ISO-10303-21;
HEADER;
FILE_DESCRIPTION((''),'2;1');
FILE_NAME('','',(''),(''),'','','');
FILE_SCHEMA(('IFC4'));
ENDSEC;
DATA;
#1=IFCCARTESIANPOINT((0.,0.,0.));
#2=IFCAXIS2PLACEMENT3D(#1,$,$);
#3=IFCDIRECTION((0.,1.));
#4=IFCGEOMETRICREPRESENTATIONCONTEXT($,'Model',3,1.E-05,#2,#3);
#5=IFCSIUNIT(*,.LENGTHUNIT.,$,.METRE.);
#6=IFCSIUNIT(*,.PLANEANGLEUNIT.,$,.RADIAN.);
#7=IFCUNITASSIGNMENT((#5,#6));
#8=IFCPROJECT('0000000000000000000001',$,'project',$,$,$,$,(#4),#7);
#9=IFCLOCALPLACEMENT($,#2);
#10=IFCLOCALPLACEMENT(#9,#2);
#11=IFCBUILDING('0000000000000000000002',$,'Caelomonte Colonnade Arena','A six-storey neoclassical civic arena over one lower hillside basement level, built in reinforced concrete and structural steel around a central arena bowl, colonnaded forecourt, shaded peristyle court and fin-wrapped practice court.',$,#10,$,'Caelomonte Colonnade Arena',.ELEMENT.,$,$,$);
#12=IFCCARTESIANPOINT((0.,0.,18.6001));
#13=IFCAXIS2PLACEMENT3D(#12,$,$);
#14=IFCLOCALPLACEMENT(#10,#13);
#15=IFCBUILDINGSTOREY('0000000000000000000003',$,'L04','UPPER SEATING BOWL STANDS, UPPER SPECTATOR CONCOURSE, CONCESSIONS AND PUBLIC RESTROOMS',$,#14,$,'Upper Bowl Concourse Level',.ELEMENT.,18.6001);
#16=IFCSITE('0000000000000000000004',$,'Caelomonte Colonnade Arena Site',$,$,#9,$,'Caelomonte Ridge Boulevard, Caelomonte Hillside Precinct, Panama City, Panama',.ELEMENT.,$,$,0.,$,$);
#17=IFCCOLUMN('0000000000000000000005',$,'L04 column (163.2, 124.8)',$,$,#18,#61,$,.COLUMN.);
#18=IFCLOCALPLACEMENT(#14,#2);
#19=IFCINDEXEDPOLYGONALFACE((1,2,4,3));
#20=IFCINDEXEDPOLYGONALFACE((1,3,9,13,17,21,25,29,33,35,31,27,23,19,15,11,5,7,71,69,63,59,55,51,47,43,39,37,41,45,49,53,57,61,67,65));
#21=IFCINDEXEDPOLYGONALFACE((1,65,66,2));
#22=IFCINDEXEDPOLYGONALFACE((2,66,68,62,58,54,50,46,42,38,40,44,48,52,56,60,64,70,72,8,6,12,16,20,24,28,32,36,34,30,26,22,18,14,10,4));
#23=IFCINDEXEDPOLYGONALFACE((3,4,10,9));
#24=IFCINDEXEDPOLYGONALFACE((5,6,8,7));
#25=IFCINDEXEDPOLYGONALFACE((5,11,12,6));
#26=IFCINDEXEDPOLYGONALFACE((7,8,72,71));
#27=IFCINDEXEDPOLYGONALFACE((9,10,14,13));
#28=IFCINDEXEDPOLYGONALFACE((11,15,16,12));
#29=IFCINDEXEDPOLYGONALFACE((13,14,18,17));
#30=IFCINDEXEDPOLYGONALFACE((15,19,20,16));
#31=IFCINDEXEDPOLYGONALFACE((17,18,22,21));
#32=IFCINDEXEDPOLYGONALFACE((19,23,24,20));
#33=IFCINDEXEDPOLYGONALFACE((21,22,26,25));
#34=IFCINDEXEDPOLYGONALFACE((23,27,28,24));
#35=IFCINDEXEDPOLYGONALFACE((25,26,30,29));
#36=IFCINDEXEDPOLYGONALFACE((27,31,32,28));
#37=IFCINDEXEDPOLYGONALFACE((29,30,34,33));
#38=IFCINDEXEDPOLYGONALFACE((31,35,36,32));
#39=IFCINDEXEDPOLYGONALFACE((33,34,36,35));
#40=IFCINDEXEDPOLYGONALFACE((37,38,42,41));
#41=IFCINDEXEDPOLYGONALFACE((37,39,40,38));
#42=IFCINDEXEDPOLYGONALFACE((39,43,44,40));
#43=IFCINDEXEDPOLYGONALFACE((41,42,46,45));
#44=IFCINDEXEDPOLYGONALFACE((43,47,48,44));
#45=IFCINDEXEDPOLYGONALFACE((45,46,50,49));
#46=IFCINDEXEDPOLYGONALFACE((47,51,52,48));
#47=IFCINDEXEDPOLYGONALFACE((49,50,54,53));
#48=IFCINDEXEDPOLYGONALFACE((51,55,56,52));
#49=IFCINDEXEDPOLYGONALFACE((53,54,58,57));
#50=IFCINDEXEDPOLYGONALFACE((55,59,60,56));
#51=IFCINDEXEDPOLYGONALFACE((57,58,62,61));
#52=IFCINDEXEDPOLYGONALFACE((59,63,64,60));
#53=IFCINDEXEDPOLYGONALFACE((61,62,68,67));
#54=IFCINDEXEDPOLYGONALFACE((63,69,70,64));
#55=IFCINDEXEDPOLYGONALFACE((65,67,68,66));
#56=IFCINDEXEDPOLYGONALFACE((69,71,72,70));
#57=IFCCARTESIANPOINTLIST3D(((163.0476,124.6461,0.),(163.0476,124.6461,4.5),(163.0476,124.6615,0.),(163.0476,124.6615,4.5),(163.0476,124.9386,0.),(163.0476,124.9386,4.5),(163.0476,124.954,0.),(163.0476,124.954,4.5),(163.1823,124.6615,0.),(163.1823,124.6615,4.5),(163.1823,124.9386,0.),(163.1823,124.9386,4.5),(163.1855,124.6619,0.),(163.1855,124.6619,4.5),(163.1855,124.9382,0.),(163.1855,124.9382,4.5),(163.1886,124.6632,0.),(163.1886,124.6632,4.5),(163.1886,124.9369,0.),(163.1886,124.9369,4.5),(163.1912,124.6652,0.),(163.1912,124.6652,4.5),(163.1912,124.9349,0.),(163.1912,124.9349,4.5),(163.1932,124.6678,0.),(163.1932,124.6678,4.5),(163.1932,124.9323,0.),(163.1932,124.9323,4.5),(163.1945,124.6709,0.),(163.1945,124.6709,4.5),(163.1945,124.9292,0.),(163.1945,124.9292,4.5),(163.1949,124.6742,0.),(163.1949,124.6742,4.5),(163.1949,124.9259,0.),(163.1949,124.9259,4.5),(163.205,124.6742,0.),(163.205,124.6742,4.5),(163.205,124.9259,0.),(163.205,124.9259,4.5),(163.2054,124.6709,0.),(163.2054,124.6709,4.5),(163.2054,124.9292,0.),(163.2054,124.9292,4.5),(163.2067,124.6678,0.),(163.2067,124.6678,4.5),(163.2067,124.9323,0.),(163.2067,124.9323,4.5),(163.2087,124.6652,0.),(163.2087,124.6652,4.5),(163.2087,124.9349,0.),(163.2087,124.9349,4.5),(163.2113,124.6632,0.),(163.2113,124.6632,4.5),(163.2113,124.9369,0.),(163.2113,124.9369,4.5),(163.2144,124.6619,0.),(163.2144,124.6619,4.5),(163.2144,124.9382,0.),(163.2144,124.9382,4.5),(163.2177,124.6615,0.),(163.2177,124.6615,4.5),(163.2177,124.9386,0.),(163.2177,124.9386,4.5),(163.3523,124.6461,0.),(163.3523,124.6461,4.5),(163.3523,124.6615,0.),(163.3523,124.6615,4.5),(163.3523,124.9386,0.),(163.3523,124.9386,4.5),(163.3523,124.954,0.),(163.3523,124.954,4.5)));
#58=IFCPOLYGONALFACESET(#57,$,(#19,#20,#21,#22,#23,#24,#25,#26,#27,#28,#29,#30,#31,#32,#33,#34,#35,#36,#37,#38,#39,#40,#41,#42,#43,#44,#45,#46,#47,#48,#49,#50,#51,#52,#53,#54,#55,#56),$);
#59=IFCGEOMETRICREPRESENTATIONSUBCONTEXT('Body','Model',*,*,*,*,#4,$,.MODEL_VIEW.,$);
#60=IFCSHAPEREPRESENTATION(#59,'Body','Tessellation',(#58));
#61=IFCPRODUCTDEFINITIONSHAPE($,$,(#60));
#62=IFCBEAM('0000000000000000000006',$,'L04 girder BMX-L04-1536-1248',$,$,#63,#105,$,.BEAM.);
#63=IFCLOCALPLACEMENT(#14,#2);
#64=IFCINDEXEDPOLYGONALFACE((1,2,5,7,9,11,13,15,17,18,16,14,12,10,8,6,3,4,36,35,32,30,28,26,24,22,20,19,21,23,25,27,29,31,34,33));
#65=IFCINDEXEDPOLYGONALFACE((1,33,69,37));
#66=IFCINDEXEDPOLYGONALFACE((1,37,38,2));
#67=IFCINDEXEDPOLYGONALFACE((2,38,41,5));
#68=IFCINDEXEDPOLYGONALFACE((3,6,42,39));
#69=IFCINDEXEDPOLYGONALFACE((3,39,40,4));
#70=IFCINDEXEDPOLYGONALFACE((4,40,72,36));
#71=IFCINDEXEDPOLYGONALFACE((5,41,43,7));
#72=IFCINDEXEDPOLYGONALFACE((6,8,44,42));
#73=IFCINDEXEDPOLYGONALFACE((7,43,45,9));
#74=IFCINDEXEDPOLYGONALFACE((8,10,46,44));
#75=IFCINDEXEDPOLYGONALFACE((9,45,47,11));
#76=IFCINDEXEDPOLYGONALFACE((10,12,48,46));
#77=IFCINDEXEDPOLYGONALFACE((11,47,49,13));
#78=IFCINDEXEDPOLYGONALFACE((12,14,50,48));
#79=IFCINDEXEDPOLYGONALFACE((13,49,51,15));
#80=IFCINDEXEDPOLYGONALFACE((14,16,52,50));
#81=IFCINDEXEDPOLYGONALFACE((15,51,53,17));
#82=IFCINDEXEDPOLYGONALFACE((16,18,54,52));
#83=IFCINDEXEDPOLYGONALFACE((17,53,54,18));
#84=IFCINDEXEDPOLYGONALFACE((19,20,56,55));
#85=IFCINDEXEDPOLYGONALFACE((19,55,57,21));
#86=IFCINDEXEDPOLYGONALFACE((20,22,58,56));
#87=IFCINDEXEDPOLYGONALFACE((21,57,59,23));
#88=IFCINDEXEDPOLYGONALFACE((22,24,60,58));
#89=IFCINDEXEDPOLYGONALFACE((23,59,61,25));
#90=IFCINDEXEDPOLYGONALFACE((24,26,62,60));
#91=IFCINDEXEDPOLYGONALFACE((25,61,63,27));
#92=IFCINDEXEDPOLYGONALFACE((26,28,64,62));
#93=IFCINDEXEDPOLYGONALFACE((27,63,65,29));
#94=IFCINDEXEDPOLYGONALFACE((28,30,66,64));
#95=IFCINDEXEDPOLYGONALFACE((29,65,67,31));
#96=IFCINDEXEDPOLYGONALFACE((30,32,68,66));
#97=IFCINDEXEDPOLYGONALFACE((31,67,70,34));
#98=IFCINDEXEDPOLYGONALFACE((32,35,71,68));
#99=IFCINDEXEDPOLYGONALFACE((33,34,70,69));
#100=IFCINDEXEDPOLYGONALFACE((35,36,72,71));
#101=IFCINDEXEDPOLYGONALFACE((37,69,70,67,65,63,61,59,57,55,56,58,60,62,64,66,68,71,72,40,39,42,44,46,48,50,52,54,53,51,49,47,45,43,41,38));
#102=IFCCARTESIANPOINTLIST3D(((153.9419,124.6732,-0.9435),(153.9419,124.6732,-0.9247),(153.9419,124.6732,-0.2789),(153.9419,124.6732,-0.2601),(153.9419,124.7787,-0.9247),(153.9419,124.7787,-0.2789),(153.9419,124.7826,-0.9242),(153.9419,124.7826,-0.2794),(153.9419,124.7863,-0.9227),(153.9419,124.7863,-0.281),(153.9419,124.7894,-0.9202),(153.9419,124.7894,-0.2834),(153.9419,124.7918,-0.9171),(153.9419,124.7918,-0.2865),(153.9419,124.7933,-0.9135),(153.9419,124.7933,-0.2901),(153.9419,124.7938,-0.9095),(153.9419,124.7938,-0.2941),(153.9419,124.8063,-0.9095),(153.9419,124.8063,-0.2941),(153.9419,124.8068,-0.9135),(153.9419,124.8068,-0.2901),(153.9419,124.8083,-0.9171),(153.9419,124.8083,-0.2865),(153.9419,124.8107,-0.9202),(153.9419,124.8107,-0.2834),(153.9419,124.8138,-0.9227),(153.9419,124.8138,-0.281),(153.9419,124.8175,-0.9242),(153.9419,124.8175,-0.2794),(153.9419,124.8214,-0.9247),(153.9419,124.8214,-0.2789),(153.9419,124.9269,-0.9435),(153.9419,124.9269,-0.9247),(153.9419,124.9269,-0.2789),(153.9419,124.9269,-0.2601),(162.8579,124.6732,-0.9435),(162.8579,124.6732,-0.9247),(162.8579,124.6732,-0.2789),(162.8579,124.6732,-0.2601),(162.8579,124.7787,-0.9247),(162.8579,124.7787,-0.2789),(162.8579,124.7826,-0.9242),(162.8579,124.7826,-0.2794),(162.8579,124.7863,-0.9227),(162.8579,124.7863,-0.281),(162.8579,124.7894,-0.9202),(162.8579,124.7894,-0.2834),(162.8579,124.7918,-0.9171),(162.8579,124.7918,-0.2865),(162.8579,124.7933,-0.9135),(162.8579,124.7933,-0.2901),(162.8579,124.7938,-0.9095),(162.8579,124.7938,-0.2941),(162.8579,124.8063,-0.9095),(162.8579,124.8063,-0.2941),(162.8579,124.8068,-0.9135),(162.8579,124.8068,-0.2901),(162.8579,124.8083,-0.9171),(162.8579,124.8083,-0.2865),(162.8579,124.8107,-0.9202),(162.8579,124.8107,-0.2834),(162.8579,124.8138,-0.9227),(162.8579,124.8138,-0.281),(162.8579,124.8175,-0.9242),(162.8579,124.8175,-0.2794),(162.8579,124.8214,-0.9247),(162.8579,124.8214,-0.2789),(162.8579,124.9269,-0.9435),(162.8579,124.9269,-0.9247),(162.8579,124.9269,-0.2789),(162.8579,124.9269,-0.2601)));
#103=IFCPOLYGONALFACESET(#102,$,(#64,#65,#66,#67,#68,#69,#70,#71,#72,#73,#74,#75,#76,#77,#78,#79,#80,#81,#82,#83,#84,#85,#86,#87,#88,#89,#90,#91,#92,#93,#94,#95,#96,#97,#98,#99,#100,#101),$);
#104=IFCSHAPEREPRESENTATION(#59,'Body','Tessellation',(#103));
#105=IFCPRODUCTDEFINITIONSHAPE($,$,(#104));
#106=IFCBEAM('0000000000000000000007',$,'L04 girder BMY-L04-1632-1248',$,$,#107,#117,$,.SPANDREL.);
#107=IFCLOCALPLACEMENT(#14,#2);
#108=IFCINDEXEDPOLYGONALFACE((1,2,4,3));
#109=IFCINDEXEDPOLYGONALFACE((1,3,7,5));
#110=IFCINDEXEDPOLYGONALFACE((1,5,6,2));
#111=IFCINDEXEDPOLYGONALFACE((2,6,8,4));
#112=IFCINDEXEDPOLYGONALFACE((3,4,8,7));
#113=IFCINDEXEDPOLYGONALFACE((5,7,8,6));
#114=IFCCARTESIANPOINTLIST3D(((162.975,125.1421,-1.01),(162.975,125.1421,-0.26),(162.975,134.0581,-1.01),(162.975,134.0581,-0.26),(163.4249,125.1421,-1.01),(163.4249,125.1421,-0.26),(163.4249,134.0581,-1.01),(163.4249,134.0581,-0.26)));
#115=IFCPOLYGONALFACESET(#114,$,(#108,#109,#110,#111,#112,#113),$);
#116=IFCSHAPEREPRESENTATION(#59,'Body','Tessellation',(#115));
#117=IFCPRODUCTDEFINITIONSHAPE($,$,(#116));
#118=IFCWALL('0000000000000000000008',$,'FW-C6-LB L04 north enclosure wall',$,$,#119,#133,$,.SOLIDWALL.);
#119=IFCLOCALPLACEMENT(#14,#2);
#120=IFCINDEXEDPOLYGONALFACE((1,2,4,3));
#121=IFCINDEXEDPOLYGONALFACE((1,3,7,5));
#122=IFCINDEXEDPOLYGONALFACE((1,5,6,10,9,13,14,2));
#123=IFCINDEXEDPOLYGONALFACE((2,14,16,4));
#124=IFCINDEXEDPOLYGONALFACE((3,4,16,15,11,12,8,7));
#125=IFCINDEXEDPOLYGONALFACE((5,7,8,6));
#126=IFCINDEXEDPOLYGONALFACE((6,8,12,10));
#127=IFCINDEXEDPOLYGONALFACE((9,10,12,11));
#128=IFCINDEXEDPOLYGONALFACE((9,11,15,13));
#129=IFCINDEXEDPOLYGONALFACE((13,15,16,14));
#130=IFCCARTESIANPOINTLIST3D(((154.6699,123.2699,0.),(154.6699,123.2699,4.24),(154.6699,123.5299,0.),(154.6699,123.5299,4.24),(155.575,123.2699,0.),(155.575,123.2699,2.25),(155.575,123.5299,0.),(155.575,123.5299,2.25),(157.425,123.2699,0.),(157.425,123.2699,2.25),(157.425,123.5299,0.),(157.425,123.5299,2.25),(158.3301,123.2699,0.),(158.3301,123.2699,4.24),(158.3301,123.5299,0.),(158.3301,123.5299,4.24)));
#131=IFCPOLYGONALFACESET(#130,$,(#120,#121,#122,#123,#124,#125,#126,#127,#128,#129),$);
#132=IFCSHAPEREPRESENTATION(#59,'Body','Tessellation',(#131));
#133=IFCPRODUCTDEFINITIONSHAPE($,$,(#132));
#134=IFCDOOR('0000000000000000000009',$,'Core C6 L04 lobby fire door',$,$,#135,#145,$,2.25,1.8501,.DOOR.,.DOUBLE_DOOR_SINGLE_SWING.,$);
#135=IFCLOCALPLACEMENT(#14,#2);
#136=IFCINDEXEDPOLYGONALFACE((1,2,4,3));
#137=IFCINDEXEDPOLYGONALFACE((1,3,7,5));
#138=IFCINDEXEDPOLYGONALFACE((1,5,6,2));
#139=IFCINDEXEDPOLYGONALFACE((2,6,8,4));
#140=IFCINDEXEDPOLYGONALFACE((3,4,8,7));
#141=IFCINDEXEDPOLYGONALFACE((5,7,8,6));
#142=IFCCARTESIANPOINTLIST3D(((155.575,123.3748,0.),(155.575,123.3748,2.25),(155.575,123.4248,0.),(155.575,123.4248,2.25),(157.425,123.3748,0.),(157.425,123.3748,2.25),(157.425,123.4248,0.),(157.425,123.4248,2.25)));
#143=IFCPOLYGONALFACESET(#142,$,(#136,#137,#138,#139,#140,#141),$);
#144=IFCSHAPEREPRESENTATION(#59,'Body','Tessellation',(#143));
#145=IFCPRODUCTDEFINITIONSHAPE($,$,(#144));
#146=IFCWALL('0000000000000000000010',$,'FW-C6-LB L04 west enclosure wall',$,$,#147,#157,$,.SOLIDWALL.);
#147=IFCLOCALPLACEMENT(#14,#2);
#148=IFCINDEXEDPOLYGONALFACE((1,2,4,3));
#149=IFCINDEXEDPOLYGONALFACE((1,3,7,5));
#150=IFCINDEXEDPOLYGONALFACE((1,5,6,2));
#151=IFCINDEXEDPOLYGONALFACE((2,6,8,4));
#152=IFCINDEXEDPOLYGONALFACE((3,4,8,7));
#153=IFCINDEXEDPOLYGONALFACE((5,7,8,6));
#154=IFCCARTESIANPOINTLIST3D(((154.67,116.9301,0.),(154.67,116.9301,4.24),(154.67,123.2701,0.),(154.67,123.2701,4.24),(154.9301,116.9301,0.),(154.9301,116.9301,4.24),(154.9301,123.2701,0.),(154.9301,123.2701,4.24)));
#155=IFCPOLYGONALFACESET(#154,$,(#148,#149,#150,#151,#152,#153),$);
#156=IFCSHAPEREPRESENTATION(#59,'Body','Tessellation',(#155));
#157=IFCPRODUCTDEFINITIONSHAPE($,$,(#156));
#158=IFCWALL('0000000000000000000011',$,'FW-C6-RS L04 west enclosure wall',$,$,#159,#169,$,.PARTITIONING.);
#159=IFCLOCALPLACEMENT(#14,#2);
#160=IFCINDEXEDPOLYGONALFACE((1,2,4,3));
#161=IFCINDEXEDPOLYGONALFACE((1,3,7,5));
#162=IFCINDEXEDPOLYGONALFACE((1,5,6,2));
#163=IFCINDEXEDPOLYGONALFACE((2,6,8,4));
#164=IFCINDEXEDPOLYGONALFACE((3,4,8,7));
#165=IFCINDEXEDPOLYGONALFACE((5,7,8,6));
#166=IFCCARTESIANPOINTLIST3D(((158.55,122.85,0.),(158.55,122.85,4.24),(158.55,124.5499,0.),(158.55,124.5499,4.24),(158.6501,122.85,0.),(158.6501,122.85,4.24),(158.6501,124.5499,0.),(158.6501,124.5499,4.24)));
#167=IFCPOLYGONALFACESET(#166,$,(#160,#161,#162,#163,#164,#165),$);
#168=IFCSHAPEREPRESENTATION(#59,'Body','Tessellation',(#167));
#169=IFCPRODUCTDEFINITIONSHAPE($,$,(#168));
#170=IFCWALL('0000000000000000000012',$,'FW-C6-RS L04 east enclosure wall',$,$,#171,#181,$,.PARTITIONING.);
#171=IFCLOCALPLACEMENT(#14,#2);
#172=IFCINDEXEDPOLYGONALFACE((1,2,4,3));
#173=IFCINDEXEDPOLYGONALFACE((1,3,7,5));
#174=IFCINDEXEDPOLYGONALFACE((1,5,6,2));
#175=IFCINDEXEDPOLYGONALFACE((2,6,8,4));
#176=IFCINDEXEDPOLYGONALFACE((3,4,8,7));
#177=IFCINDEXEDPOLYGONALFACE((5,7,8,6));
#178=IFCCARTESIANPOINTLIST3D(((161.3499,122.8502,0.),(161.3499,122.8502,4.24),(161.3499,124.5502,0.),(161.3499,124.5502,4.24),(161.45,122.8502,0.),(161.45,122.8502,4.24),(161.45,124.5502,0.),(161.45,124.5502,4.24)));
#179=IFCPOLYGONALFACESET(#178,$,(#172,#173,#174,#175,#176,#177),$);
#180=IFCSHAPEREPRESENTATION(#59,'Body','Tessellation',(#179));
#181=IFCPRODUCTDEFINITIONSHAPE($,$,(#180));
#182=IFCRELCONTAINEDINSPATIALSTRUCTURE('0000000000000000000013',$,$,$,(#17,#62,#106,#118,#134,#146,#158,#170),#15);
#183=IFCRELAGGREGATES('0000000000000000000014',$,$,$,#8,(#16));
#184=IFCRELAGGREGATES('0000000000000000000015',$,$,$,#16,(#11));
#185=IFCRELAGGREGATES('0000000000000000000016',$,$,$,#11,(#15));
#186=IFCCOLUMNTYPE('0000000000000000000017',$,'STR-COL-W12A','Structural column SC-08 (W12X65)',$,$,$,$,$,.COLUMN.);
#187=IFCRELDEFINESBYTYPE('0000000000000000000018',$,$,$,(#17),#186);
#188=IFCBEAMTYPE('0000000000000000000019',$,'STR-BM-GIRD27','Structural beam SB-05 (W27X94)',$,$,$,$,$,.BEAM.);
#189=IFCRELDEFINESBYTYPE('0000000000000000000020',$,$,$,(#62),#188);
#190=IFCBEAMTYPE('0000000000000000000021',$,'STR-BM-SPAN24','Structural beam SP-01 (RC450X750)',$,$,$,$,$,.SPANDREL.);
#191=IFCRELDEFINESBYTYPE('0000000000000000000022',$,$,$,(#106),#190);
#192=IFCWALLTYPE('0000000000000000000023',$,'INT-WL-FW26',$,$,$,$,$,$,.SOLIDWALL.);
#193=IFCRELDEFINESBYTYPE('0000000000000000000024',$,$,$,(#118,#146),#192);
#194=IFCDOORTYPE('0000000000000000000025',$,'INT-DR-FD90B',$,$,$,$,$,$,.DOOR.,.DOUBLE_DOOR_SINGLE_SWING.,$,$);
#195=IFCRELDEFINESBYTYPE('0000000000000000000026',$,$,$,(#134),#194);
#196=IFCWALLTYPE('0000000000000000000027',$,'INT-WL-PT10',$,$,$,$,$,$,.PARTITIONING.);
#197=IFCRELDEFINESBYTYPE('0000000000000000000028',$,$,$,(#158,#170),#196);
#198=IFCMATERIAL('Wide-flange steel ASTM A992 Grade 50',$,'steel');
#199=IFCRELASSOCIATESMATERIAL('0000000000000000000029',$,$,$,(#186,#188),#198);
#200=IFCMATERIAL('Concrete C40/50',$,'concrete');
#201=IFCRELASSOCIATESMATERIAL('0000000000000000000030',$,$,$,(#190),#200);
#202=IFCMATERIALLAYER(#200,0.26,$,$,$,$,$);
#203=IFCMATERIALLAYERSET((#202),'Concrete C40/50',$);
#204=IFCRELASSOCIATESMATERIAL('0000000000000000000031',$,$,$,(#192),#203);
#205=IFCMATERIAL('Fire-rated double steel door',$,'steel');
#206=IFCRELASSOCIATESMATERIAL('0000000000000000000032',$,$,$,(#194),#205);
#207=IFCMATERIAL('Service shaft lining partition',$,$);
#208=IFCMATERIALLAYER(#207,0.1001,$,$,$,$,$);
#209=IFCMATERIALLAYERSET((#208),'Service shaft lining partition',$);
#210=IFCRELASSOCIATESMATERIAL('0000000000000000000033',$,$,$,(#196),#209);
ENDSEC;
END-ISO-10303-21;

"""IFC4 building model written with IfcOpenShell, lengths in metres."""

from ifc_helpers import new_model, si_unit, direction, frame, frame_2d, origin, origin_2d, place, context, subcontext, project, spatial, rectangle, i_section, extrude, material, layer, layer_set, material_profile, profile_set, type_object, element, fill, save


model = new_model("IFC4")

# Units and contexts
model_context = context("Model", 3, precision=1e-05, world=origin(), true_north=direction((0.0, 1.0)))
body_context = subcontext(model_context, "Body", "Model", "MODEL_VIEW")
ifc_project = project(units=[si_unit("LENGTHUNIT", "METRE"), si_unit("PLANEANGLEUNIT", "RADIAN")], contexts=[model_context])

# Site, building, storey
site_placement = place(None, origin())
site = spatial("IfcSite", under=ifc_project, at=site_placement, Name="Caelomonte Colonnade Arena Site", LongName="Caelomonte Ridge Boulevard, Caelomonte Hillside Precinct, Panama City, Panama", CompositionType="ELEMENT", RefElevation=0.0)
building_placement = place(site_placement, origin())
building = spatial("IfcBuilding", under=site, at=building_placement, Name="Caelomonte Colonnade Arena", Description="A six-storey neoclassical civic arena over one lower hillside basement level, built in reinforced concrete and structural steel around a central arena bowl, colonnaded forecourt, shaded peristyle court and fin-wrapped practice court.", LongName="Caelomonte Colonnade Arena", CompositionType="ELEMENT")
storey_placement = place(building_placement, frame((0.0, 0.0, 18.6001)))
storey = spatial("IfcBuildingStorey", under=building, at=storey_placement, Name="L04", Description="UPPER SEATING BOWL STANDS, UPPER SPECTATOR CONCOURSE, CONCESSIONS AND PUBLIC RESTROOMS", LongName="Upper Bowl Concourse Level", CompositionType="ELEMENT", Elevation=18.6001)

# Column
ifc_material_1 = material(Name="Wide-flange steel ASTM A992 Grade 50", Category="steel")
ifc_material_profile_1 = material_profile(ifc_material_1, i_section(OverallWidth=0.3047, OverallDepth=0.3079, WebThickness=0.01, FlangeThickness=0.0154, FilletRadius=0.0127, at=origin_2d()), Name="W12X65")
ifc_profile_set_1 = profile_set([ifc_material_profile_1], Name="Wide-flange steel ASTM A992 Grade 50")
column_type = type_object("IfcColumnType", Name="STR-COL-W12A", Description="Structural column SC-08 (W12X65)", PredefinedType="COLUMN", material=ifc_profile_set_1)
column_placement = place(storey_placement, frame((163.2, 124.8, 0.0), z_axis=(0.0, 0.0, 1.0), x_axis=(1.0, 0.0, 0.0)))
element("IfcColumn", 1, at=column_placement, inside=storey, type_object=column_type, Name="L04 column (163.2, 124.8)", PredefinedType="COLUMN", context=body_context, shape_type="SweptSolid", body=[
    extrude(i_section(OverallWidth=0.3047, OverallDepth=0.3079, WebThickness=0.01, FlangeThickness=0.0154, FilletRadius=0.0127, at=origin_2d()), origin(), (0.0, 0.0, 1.0), 4.5),
])

# Beams
ifc_material_profile_2 = material_profile(ifc_material_1, i_section(OverallWidth=0.2537, OverallDepth=0.6833, WebThickness=0.0125, FlangeThickness=0.0188, FilletRadius=0.0151, at=origin_2d()), Name="W27X94")
ifc_profile_set_2 = profile_set([ifc_material_profile_2], Name="Wide-flange steel ASTM A992 Grade 50")
beam_type_1 = type_object("IfcBeamType", Name="STR-BM-GIRD27", Description="Structural beam SB-05 (W27X94)", PredefinedType="BEAM", material=ifc_profile_set_2)
beam_1_placement = place(storey_placement, frame((153.9419, 124.8, -0.6018), z_axis=(1.0, 0.0, 0.0), x_axis=(0.0, 1.0, 0.0)))
element("IfcBeam", 2, at=beam_1_placement, inside=storey, type_object=beam_type_1, Name="L04 girder BMX-L04-1536-1248", PredefinedType="BEAM", context=body_context, shape_type="SweptSolid", body=[
    extrude(i_section(OverallWidth=0.2537, OverallDepth=0.6833, WebThickness=0.0125, FlangeThickness=0.0188, FilletRadius=0.0151, at=origin_2d()), origin(), (0.0, 0.0, 1.0), 8.916),
])
ifc_material_2 = material(Name="Concrete C40/50", Category="concrete")
ifc_material_profile_3 = material_profile(ifc_material_2, rectangle(XDim=0.45, YDim=0.75, at=origin_2d()), Name="RC450X750")
ifc_profile_set_3 = profile_set([ifc_material_profile_3], Name="Concrete C40/50")
beam_type_2 = type_object("IfcBeamType", Name="STR-BM-SPAN24", Description="Structural beam SP-01 (RC450X750)", PredefinedType="SPANDREL", material=ifc_profile_set_3)
beam_2_placement = place(storey_placement, frame((163.2, 125.1421, -0.635), z_axis=(0.0, 1.0, 0.0), x_axis=(-1.0, 0.0, 0.0)))
element("IfcBeam", 3, at=beam_2_placement, inside=storey, type_object=beam_type_2, Name="L04 girder BMY-L04-1632-1248", PredefinedType="SPANDREL", context=body_context, shape_type="SweptSolid", body=[
    extrude(rectangle(XDim=0.45, YDim=0.75, at=origin_2d()), origin(), (0.0, 0.0, 1.0), 8.916),
])

# Wall, opening, door
ifc_layer_1 = layer(ifc_material_2, 0.26)
ifc_layer_set_1 = layer_set([ifc_layer_1], Name="Concrete C40/50")
wall_type_1 = type_object("IfcWallType", Name="INT-WL-FW26", PredefinedType="SOLIDWALL", material=ifc_layer_set_1)
wall_1_placement = place(storey_placement, frame((158.3301, 123.3999, 0.0), z_axis=(0.0, 0.0, 1.0), x_axis=(-1.0, 0.0, 0.0)))
wall_1 = element("IfcWall", 4, at=wall_1_placement, inside=storey, type_object=wall_type_1, Name="FW-C6-LB L04 north enclosure wall", PredefinedType="SOLIDWALL", context=body_context, shape_type="SweptSolid", body=[
    extrude(rectangle(XDim=3.6602, YDim=0.26, at=frame_2d((1.8301, 0.0))), origin(), (0.0, 0.0, 1.0), 4.24),
])
opening_1_placement = place(wall_1_placement, frame((2.7551, 0.0, 0.0), z_axis=(0.0, 0.0, 1.0), x_axis=(-1.0, 0.0, 0.0)))
opening_1 = element("IfcOpeningElement", 5, at=opening_1_placement, cuts=wall_1, PredefinedType="OPENING", context=body_context, shape_type="SweptSolid", body=[
    extrude(rectangle(XDim=1.8501, YDim=2.25, at=frame_2d((0.925, 1.125))), frame((0.0, 0.1399, 0.0), z_axis=(0.0, -1.0, 0.0), x_axis=(1.0, 0.0, 0.0)), (0.0, 0.0, 1.0), 0.28),
])
ifc_material_3 = material(Name="Fire-rated double steel door", Category="steel")
door_type_1 = type_object("IfcDoorType", Name="INT-DR-FD90B", OperationType="DOUBLE_DOOR_SINGLE_SWING", PredefinedType="DOOR", material=ifc_material_3)
door_1_placement = place(opening_1_placement, origin())
door_1 = element("IfcDoor", 6, at=door_1_placement, inside=storey, type_object=door_type_1, Name="Core C6 L04 lobby fire door", OperationType="DOUBLE_DOOR_SINGLE_SWING", OverallHeight=2.25, OverallWidth=1.8501, PredefinedType="DOOR", context=body_context, shape_type="SweptSolid", body=[
    extrude(rectangle(XDim=1.8501, YDim=2.25, at=frame_2d((0.925, 1.125))), frame((0.0, 0.0249, 0.0), z_axis=(0.0, -1.0, 0.0), x_axis=(1.0, 0.0, 0.0)), (0.0, 0.0, 1.0), 0.05),
])
fill(opening_1, door_1)

# Walls
wall_2_placement = place(storey_placement, frame((154.8, 123.27, 0.0), z_axis=(0.0, 0.0, 1.0), x_axis=(0.0, -1.0, 0.0)))
element("IfcWall", 7, at=wall_2_placement, inside=storey, type_object=wall_type_1, Name="FW-C6-LB L04 west enclosure wall", PredefinedType="SOLIDWALL", context=body_context, shape_type="SweptSolid", body=[
    extrude(rectangle(XDim=6.3401, YDim=0.26, at=frame_2d((3.1699, 0.0))), origin(), (0.0, 0.0, 1.0), 4.24),
])
ifc_material_4 = material(Name="Service shaft lining partition")
ifc_layer_2 = layer(ifc_material_4, 0.1001)
ifc_layer_set_2 = layer_set([ifc_layer_2], Name="Service shaft lining partition")
wall_type_2 = type_object("IfcWallType", Name="INT-WL-PT10", PredefinedType="PARTITIONING", material=ifc_layer_set_2)
for number, where, z_axis, x_axis, name in (
    (8, (158.6001, 124.55, 0.0), (0.0, 0.0, 1.0), (0.0, -1.0, 0.0), "FW-C6-RS L04 west enclosure wall"),
    (9, (161.3999, 122.8501, 0.0), (0.0, 0.0, 1.0), (0.0, 1.0, 0.0), "FW-C6-RS L04 east enclosure wall"),
):
    element("IfcWall", number, at=place(storey_placement, frame(where, z_axis=z_axis, x_axis=x_axis)), inside=storey, type_object=wall_type_2, Name=name, PredefinedType="PARTITIONING", context=body_context, shape_type="SweptSolid", body=[
        extrude(rectangle(XDim=1.7, YDim=0.1001, at=frame_2d((0.8501, 0.0))), origin(), (0.0, 0.0, 1.0), 4.24),
    ])

save(model, "model.ifc")
